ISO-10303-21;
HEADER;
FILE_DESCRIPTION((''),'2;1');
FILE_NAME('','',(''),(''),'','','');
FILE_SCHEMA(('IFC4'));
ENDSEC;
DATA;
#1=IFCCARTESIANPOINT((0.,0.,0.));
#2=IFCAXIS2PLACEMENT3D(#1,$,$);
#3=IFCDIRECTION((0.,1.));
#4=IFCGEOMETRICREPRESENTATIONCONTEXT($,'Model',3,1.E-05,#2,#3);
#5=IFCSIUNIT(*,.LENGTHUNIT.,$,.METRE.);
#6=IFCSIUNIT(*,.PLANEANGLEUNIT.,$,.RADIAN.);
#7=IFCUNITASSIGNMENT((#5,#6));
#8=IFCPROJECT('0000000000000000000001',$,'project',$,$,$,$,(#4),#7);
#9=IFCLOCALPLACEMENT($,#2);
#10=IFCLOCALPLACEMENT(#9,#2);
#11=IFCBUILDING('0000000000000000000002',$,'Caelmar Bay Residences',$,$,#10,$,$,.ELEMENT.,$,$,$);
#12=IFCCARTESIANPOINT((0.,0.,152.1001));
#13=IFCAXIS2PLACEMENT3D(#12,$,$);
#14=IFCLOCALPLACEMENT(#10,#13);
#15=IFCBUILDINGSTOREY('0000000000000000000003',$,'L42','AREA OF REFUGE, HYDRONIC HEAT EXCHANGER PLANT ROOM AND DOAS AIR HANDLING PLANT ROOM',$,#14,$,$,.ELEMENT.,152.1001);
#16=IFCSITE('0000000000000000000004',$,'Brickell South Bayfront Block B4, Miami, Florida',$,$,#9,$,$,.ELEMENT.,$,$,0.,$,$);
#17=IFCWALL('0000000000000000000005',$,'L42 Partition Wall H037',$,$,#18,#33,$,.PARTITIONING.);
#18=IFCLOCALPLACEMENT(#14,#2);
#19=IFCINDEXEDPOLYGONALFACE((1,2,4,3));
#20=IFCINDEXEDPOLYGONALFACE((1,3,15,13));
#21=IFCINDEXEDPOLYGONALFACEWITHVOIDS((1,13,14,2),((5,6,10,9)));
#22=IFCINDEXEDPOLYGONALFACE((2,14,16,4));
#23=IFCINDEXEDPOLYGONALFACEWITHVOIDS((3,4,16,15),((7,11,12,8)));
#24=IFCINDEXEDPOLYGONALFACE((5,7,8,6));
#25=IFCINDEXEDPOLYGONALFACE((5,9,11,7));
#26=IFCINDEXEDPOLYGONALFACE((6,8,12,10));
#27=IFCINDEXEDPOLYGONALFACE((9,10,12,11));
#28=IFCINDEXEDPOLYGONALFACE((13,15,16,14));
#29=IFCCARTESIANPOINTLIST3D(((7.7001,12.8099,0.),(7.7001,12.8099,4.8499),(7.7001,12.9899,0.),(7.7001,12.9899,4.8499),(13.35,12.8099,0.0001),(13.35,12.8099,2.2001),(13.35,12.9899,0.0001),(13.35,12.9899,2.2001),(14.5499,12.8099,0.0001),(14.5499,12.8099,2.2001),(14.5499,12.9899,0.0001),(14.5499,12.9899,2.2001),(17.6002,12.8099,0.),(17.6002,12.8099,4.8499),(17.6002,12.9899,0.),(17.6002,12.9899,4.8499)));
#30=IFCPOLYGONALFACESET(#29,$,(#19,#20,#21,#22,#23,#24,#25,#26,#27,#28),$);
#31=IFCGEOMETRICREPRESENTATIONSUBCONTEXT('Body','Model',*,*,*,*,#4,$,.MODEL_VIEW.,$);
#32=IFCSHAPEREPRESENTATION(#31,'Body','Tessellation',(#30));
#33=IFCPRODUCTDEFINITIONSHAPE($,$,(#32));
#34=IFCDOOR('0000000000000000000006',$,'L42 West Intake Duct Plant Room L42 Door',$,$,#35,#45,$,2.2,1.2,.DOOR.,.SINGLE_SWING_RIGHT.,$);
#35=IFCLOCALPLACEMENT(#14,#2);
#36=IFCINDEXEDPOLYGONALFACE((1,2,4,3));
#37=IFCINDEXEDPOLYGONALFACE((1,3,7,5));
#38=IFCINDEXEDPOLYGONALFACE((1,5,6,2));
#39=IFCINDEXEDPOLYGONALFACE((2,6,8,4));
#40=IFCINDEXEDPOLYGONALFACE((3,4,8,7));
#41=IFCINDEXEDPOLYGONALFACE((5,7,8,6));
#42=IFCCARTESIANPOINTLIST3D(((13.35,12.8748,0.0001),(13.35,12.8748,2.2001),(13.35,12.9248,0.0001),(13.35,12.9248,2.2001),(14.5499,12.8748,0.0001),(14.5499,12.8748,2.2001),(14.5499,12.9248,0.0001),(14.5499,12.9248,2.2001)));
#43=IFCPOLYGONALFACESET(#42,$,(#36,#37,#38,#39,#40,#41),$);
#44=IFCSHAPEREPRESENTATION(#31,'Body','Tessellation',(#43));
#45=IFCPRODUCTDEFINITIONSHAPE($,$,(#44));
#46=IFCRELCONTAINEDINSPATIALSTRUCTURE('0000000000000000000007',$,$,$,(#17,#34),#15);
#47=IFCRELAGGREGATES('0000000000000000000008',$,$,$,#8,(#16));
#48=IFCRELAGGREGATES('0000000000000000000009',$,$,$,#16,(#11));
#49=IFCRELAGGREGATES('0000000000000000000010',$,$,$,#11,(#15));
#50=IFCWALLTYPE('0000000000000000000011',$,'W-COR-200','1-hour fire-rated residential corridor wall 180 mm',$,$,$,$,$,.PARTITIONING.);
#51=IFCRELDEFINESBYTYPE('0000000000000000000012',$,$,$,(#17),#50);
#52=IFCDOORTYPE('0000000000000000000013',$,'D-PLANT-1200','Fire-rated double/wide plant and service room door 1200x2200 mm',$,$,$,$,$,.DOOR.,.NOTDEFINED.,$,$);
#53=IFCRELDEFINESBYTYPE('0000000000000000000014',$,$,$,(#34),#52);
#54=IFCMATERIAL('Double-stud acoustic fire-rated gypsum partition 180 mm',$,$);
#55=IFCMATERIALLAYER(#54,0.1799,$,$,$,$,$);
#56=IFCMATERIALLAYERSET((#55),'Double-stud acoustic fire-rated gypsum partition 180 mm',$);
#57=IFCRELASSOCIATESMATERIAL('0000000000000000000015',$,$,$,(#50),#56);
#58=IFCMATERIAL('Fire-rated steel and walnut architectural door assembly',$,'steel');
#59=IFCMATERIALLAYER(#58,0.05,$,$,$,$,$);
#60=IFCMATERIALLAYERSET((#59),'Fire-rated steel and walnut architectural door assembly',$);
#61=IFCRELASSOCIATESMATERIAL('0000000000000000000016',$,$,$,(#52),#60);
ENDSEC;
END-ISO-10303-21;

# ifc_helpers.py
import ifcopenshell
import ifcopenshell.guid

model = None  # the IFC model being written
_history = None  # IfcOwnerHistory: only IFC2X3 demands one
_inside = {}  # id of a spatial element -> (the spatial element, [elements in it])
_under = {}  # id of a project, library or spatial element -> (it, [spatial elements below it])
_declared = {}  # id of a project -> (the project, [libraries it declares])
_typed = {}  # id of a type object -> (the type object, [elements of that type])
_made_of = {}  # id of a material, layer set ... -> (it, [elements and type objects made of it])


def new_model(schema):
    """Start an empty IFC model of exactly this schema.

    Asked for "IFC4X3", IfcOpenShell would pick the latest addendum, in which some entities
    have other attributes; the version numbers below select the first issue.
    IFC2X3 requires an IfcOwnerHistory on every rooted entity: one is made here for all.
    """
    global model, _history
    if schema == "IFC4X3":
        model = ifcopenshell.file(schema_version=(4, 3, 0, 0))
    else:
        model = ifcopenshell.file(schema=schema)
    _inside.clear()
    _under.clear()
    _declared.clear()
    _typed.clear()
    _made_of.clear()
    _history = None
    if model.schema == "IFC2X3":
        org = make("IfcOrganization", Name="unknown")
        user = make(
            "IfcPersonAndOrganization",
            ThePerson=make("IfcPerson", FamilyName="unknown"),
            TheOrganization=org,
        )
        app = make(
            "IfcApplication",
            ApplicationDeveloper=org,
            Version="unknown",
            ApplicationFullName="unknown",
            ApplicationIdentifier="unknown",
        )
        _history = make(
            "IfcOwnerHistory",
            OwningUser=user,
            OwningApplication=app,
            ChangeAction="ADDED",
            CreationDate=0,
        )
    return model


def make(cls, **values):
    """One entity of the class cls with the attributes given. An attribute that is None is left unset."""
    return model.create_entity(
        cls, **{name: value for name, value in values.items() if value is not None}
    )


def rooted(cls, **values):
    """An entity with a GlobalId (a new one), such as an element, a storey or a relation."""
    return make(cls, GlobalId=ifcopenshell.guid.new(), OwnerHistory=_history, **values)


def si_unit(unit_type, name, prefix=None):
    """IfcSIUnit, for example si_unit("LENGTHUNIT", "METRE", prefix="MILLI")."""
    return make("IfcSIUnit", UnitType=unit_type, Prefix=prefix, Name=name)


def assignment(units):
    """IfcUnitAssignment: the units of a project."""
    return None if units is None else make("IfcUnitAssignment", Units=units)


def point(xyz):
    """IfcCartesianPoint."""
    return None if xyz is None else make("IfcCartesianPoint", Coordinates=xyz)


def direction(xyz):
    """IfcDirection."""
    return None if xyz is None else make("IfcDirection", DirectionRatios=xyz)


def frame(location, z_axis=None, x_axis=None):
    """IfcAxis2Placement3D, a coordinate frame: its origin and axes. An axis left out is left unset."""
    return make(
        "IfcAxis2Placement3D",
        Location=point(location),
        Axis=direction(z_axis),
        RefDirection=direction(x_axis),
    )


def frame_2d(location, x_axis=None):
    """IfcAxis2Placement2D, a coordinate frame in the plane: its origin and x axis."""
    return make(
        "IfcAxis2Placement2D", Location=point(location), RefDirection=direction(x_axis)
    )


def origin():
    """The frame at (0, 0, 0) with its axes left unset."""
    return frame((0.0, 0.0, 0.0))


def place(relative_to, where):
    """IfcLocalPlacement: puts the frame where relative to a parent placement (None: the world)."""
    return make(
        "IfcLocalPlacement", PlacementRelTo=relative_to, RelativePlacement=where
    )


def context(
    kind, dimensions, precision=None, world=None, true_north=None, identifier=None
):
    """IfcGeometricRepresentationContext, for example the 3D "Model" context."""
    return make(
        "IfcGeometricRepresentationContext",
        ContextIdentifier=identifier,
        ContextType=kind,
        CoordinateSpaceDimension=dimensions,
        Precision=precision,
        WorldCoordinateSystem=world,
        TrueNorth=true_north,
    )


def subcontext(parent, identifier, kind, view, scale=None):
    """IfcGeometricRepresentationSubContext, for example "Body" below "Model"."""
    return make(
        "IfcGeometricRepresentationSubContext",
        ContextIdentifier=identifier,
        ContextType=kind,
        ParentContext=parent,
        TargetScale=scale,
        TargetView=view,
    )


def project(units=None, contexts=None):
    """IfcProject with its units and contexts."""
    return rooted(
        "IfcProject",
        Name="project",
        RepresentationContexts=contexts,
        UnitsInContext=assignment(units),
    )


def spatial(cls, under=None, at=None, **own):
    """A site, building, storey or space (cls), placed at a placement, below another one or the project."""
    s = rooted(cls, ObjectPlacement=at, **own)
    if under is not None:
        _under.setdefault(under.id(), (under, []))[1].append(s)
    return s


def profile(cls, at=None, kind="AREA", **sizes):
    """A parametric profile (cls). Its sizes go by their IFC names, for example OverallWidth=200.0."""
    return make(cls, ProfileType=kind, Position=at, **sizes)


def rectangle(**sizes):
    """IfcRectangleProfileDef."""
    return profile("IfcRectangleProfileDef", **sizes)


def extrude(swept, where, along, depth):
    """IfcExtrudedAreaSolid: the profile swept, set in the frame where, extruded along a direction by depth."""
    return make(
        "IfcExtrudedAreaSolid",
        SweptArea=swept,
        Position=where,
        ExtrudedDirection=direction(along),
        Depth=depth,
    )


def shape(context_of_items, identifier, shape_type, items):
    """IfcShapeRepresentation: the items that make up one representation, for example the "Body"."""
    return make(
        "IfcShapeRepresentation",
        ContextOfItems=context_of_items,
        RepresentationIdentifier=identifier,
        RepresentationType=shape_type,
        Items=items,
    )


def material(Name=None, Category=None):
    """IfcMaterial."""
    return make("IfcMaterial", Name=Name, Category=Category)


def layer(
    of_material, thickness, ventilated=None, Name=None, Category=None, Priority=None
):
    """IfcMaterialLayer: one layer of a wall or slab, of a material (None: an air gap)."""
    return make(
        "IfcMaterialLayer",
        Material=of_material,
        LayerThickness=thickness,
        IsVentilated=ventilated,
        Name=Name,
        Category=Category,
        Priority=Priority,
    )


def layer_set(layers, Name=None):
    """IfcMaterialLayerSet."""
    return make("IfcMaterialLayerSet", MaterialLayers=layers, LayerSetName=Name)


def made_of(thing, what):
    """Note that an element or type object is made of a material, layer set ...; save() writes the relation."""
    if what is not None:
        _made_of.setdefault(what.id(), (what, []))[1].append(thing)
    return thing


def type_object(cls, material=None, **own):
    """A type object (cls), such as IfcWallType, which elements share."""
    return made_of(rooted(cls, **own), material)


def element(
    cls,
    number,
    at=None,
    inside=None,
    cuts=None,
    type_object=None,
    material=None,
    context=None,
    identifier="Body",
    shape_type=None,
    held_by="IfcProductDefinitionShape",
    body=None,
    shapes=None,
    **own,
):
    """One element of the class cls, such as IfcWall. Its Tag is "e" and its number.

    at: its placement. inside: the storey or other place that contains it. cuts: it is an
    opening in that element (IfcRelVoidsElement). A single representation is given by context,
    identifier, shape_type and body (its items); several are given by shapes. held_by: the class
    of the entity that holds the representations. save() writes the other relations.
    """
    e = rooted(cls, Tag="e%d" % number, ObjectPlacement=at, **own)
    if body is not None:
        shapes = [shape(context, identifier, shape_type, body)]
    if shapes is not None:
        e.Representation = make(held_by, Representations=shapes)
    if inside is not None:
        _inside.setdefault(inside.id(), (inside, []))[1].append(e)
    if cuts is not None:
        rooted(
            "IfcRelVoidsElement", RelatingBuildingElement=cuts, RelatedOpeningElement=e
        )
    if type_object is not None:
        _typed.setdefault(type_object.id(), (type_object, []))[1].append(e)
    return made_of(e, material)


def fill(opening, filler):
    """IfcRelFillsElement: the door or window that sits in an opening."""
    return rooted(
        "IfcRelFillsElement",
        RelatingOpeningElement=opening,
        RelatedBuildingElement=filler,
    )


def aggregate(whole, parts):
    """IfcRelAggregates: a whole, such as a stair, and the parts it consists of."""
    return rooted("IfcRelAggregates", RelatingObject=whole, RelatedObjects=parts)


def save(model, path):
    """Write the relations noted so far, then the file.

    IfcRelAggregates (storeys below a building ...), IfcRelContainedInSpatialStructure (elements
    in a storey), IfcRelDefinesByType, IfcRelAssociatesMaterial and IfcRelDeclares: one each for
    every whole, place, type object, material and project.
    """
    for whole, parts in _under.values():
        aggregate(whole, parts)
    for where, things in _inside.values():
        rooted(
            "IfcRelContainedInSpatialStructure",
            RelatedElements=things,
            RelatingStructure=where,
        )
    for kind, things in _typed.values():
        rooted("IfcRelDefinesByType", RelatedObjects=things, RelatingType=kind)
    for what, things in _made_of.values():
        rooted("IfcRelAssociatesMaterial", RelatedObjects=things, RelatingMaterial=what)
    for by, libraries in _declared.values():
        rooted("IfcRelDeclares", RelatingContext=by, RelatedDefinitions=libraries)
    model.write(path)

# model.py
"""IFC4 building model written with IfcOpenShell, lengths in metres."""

from ifc_helpers import new_model, si_unit, direction, frame, frame_2d, origin, place, context, subcontext, project, spatial, rectangle, extrude, material, layer, layer_set, type_object, element, fill, save


model = new_model("IFC4")

# Units and contexts
model_context = context("Model", 3, precision=1e-05, world=origin(), true_north=direction((0.0, 1.0)))
body_context = subcontext(model_context, "Body", "Model", "MODEL_VIEW")
ifc_project = project(units=[si_unit("LENGTHUNIT", "METRE"), si_unit("PLANEANGLEUNIT", "RADIAN")], contexts=[model_context])

# Site, building, storey
site_placement = place(None, origin())
site = spatial("IfcSite", under=ifc_project, at=site_placement, Name="Brickell South Bayfront Block B4, Miami, Florida", CompositionType="ELEMENT", RefElevation=0.0)
building_placement = place(site_placement, origin())
building = spatial("IfcBuilding", under=site, at=building_placement, Name="Caelmar Bay Residences", CompositionType="ELEMENT")
storey_placement = place(building_placement, frame((0.0, 0.0, 152.1001)))
storey = spatial("IfcBuildingStorey", under=building, at=storey_placement, Name="L42", Description="AREA OF REFUGE, HYDRONIC HEAT EXCHANGER PLANT ROOM AND DOAS AIR HANDLING PLANT ROOM", CompositionType="ELEMENT", Elevation=152.1001)

# Shared definitions
ifc_material_1 = material(Name="Double-stud acoustic fire-rated gypsum partition 180 mm")
ifc_layer_1 = layer(ifc_material_1, 0.1799)
ifc_layer_set_1 = layer_set([ifc_layer_1], Name="Double-stud acoustic fire-rated gypsum partition 180 mm")
wall_type = type_object("IfcWallType", Name="W-COR-200", Description="1-hour fire-rated residential corridor wall 180 mm", PredefinedType="PARTITIONING", material=ifc_layer_set_1)

# Wall, opening, door
ifc_material_2 = material(Name="Fire-rated steel and walnut architectural door assembly", Category="steel")
ifc_layer_2 = layer(ifc_material_2, 0.05)
ifc_layer_set_2 = layer_set([ifc_layer_2], Name="Fire-rated steel and walnut architectural door assembly")
door_type = type_object("IfcDoorType", Name="D-PLANT-1200", Description="Fire-rated double/wide plant and service room door 1200x2200 mm", OperationType="NOTDEFINED", PredefinedType="DOOR", material=ifc_layer_set_2)
wall_1_placement = place(storey_placement, frame((7.7, 12.8999, 0.0), z_axis=(0.0, 0.0, 1.0), x_axis=(1.0, 0.0, 0.0)))
wall_1 = element("IfcWall", 1, at=wall_1_placement, inside=storey, type_object=wall_type, Name="L42 Partition Wall H037", PredefinedType="PARTITIONING", context=body_context, shape_type="SweptSolid", body=[
    extrude(rectangle(XDim=9.9001, YDim=0.1799, at=frame_2d((4.9502, 0.0))), origin(), (0.0, 0.0, 1.0), 4.8499),
])
opening_1_placement = place(wall_1_placement, frame((5.6499, 0.0, 0.0)))
opening_1 = element("IfcOpeningElement", 2, at=opening_1_placement, cuts=wall_1, PredefinedType="OPENING", context=body_context, shape_type="SweptSolid", body=[
    extrude(rectangle(XDim=1.2, YDim=2.2, at=frame_2d((0.6001, 1.1001))), frame((0.0, 0.0999, 0.0), z_axis=(0.0, -1.0, 0.0), x_axis=(1.0, 0.0, 0.0)), (0.0, 0.0, 1.0), 0.2),
])
door_1_placement = place(opening_1_placement, origin())
door_1 = element("IfcDoor", 3, at=door_1_placement, inside=storey, type_object=door_type, Name="L42 West Intake Duct Plant Room L42 Door", OperationType="SINGLE_SWING_RIGHT", OverallHeight=2.2, OverallWidth=1.2, PredefinedType="DOOR", context=body_context, shape_type="SweptSolid", body=[
    extrude(rectangle(XDim=1.2, YDim=2.2, at=frame_2d((0.6001, 1.1001))), frame((0.0, 0.0249, 0.0), z_axis=(0.0, -1.0, 0.0), x_axis=(1.0, 0.0, 0.0)), (0.0, 0.0, 1.0), 0.05),
])
fill(opening_1, door_1)

save(model, "model.ifc")
